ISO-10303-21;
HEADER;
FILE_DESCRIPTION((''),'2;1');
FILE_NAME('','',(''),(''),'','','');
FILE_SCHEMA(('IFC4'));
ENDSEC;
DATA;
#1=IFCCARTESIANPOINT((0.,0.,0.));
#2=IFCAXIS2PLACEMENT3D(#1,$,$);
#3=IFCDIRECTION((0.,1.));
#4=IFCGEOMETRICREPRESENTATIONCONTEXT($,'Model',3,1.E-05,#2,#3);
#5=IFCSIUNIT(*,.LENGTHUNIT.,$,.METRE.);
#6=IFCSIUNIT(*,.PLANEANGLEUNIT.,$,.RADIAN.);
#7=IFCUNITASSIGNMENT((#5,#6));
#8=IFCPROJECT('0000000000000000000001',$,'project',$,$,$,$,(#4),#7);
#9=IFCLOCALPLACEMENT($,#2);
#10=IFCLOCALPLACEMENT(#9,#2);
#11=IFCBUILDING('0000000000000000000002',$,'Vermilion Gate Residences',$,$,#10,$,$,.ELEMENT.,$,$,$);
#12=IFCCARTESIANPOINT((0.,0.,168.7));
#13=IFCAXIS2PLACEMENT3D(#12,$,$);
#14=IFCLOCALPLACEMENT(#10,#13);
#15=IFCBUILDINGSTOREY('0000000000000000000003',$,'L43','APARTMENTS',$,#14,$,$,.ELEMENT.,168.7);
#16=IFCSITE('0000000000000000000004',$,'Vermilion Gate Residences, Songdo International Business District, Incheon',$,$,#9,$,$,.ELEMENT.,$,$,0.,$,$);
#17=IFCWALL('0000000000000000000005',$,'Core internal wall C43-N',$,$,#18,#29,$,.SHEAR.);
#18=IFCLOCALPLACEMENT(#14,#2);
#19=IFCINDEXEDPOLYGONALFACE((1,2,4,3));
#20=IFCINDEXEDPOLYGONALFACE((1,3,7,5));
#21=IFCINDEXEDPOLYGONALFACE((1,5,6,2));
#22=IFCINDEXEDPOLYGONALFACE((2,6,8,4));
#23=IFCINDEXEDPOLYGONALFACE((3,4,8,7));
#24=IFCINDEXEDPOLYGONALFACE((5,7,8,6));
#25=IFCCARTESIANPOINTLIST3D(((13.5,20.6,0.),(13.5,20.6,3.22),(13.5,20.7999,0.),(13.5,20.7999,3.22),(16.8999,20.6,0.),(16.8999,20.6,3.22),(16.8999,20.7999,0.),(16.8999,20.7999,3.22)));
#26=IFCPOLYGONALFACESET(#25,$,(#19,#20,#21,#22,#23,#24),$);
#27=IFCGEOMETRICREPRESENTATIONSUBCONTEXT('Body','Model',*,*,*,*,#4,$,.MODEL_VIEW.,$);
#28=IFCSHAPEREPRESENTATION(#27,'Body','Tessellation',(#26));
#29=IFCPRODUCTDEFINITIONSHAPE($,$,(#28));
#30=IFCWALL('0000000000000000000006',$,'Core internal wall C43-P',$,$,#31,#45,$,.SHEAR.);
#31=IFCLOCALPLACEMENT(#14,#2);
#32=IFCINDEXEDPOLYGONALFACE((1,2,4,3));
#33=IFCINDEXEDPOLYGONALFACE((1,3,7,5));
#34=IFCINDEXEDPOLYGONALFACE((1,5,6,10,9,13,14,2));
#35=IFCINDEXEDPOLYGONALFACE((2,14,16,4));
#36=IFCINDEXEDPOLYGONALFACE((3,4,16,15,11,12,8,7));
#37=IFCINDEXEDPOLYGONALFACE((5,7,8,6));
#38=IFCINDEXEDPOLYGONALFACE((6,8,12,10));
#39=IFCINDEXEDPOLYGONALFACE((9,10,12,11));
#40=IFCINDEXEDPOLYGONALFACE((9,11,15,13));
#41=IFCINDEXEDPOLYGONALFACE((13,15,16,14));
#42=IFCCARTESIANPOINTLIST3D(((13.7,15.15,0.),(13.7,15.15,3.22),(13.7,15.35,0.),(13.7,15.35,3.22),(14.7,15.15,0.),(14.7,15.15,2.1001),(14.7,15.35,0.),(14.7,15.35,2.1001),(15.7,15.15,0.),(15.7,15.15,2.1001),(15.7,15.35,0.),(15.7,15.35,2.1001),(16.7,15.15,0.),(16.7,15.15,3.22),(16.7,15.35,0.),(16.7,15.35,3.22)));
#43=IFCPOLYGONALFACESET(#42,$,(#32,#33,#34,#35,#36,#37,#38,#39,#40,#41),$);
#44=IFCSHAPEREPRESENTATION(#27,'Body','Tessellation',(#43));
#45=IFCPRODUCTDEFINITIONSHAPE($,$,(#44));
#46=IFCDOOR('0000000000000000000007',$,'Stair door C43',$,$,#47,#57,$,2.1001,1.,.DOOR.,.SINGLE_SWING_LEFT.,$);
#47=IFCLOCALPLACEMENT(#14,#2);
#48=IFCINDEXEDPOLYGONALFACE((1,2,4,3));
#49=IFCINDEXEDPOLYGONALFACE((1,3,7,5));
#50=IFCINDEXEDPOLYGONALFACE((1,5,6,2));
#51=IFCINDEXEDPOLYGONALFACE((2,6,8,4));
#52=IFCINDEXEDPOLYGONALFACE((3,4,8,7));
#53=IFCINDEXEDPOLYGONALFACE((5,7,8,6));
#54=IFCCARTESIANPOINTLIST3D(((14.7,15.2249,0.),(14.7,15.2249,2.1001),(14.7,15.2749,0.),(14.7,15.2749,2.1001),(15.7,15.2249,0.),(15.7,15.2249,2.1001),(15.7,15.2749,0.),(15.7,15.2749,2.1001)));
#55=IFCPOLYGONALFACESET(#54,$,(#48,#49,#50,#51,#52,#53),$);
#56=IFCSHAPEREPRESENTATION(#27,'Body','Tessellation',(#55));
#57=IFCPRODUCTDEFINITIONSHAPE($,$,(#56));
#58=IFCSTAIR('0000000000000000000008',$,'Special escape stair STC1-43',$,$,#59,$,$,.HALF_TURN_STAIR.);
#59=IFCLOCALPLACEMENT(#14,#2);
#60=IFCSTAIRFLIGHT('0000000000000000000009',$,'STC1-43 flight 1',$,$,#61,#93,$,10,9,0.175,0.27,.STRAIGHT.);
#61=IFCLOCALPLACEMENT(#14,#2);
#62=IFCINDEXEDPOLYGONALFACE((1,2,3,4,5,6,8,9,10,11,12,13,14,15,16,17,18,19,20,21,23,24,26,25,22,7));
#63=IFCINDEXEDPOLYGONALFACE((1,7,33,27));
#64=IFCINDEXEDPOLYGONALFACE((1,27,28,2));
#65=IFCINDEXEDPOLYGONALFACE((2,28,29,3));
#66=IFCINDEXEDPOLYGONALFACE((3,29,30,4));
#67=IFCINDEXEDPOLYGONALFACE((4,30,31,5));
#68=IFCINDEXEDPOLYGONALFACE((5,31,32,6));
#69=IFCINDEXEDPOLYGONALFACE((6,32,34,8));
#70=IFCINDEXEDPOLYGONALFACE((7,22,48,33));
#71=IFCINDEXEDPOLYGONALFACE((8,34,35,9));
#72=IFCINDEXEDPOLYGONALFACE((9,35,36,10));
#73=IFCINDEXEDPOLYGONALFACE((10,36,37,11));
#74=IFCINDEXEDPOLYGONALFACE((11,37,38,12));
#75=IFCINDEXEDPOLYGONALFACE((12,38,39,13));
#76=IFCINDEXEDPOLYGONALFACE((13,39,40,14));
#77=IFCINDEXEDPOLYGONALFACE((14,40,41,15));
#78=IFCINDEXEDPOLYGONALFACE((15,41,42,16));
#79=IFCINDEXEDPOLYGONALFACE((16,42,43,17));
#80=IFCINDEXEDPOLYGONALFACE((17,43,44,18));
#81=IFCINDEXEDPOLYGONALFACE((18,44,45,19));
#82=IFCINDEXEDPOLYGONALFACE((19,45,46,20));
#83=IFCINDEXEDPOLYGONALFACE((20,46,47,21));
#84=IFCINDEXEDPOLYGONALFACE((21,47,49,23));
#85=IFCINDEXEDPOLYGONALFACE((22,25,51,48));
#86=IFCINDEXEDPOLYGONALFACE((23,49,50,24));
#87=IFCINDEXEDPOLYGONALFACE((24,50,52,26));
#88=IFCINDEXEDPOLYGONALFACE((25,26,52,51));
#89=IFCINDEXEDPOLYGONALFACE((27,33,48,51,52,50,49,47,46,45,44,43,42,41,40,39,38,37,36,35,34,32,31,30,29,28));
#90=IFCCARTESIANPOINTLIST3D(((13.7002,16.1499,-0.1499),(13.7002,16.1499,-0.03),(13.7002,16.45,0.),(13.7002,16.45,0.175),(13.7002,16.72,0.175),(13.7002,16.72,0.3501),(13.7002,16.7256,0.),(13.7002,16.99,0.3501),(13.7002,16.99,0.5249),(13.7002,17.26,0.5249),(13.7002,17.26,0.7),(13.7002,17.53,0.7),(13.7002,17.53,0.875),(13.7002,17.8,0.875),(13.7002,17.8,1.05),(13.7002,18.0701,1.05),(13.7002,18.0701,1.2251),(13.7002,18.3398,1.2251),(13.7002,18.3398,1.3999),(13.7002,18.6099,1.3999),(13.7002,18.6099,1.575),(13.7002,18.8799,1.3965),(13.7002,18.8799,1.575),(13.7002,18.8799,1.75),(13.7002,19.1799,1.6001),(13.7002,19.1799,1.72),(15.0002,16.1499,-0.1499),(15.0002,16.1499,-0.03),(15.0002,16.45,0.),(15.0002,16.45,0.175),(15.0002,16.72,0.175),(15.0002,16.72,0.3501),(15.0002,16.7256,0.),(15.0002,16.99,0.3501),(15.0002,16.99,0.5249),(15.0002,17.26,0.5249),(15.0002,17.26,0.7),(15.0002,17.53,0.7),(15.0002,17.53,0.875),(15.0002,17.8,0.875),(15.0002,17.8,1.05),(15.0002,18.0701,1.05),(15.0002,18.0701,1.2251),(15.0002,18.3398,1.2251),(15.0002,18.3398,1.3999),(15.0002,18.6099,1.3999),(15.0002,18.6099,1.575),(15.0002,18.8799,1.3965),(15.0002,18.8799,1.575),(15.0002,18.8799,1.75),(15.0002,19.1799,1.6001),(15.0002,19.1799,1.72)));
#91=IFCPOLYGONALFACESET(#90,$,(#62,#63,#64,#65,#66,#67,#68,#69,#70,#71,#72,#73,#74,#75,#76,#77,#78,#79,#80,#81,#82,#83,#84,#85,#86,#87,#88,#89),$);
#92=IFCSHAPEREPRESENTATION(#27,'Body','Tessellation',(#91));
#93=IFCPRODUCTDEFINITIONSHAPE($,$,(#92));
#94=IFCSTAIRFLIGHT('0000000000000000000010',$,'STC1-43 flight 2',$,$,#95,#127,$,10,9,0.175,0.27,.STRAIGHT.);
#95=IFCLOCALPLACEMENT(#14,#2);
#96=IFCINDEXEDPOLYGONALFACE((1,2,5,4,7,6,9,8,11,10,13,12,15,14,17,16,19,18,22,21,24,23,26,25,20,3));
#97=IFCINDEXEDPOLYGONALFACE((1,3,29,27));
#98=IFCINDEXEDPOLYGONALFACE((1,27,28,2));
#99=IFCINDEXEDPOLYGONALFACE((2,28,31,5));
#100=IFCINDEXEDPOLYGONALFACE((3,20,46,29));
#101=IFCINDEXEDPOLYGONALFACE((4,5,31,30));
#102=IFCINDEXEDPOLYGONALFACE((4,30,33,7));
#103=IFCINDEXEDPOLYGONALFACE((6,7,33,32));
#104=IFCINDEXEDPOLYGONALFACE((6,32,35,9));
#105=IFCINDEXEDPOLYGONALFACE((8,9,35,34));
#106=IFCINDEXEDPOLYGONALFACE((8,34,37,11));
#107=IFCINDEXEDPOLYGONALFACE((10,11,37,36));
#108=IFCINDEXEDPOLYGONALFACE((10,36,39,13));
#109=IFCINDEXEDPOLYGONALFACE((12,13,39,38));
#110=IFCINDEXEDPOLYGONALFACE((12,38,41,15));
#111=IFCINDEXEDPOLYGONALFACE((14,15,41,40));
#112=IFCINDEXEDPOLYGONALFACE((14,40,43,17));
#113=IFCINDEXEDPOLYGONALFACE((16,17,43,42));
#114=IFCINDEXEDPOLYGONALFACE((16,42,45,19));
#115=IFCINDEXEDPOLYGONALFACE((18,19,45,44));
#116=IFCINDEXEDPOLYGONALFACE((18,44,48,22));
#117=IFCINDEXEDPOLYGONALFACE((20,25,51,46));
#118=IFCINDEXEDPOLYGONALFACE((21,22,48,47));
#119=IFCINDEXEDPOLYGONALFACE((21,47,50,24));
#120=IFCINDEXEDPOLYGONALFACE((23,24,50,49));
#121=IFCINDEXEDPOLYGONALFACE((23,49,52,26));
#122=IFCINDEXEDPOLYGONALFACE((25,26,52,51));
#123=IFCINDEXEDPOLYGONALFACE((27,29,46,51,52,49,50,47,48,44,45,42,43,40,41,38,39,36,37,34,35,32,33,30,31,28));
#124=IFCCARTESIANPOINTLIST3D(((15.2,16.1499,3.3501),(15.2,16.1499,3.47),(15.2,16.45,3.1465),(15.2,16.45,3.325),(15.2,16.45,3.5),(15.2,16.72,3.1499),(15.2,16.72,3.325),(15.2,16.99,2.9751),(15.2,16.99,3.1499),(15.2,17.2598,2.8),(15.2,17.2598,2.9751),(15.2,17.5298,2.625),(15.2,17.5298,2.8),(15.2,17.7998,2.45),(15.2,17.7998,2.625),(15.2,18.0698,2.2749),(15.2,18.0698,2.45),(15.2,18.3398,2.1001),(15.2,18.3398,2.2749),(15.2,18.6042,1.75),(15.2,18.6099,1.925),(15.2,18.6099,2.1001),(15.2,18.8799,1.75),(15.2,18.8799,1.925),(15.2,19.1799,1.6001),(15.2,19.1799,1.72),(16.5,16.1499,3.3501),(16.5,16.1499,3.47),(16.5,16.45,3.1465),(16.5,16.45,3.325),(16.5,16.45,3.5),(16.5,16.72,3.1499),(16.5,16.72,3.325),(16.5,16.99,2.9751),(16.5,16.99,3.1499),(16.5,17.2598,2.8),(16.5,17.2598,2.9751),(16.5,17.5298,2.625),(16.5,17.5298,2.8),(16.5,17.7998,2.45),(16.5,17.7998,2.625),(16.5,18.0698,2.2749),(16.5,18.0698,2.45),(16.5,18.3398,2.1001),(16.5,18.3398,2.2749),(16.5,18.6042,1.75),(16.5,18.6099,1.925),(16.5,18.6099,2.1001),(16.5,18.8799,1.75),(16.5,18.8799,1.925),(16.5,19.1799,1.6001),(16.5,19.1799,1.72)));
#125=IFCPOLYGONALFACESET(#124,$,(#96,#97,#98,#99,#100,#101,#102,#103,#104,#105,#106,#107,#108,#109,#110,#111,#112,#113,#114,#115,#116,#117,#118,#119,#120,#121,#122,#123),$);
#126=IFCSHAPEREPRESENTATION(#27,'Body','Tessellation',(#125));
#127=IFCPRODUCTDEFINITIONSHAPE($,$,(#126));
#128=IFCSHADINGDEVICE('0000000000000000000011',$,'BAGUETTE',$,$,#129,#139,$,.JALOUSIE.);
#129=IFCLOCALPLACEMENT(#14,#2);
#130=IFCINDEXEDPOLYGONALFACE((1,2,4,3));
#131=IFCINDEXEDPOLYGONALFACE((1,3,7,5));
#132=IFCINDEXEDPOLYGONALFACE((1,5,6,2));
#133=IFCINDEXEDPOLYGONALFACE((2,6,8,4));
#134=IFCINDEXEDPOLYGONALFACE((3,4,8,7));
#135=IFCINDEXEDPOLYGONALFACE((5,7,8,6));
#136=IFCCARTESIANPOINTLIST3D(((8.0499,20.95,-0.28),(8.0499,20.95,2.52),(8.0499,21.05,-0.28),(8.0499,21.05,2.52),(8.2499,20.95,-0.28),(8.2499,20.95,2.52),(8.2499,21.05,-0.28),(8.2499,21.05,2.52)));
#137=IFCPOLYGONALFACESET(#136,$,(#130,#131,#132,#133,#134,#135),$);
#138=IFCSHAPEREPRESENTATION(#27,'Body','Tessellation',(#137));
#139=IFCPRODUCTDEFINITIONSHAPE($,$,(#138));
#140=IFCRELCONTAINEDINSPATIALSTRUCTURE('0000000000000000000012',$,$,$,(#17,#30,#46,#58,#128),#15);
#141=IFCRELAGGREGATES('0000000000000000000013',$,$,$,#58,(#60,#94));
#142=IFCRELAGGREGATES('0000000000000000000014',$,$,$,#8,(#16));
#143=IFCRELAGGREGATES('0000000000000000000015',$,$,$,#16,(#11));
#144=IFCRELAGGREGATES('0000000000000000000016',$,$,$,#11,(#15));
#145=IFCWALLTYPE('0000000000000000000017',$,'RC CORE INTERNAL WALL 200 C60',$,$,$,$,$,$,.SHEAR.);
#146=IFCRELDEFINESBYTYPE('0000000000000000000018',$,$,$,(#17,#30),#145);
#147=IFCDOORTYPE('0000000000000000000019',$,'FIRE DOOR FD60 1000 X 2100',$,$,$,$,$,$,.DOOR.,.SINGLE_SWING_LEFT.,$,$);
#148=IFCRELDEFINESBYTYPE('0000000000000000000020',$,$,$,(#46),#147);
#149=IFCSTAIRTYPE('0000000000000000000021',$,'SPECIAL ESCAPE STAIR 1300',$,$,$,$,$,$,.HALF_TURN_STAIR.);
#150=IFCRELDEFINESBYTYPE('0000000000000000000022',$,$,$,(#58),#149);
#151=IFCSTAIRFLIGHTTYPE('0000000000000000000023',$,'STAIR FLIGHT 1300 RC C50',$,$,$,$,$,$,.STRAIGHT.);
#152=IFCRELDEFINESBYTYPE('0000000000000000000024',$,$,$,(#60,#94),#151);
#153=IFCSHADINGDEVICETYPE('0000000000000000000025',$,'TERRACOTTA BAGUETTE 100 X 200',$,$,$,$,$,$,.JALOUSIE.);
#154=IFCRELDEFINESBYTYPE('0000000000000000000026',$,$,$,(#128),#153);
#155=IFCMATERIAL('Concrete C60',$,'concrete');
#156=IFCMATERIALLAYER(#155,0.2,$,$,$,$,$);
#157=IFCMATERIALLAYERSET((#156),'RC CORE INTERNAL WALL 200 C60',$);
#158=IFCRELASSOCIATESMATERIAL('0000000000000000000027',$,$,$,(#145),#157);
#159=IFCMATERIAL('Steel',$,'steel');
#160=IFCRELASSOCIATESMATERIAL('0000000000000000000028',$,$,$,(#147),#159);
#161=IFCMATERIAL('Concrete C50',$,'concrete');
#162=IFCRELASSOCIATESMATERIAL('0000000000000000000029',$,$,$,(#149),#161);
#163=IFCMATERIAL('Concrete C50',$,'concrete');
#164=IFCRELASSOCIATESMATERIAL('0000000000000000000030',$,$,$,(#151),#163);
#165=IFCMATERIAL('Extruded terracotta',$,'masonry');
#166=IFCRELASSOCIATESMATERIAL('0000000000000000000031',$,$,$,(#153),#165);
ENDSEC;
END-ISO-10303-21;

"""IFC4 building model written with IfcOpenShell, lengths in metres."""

from ifc_helpers import new_model, si_unit, direction, frame, frame_2d, origin, origin_2d, place, context, subcontext, project, spatial, polyline, rectangle, outline, extrude, material, layer, layer_set, material_profile, profile_set, type_object, element, fill, aggregate, save


model = new_model("IFC4")

# Units and contexts
model_context = context("Model", 3, precision=1e-05, world=origin(), true_north=direction((0.0, 1.0)))
body_context = subcontext(model_context, "Body", "Model", "MODEL_VIEW")
ifc_project = project(units=[si_unit("LENGTHUNIT", "METRE"), si_unit("PLANEANGLEUNIT", "RADIAN")], contexts=[model_context])

# Site, building, storey
site_placement = place(None, origin())
site = spatial("IfcSite", under=ifc_project, at=site_placement, Name="Vermilion Gate Residences, Songdo International Business District, Incheon", CompositionType="ELEMENT", RefElevation=0.0)
building_placement = place(site_placement, origin())
building = spatial("IfcBuilding", under=site, at=building_placement, Name="Vermilion Gate Residences", CompositionType="ELEMENT")
storey_placement = place(building_placement, frame((0.0, 0.0, 168.7)))
storey = spatial("IfcBuildingStorey", under=building, at=storey_placement, Name="L43", Description="APARTMENTS", CompositionType="ELEMENT", Elevation=168.7)

# Wall
ifc_material_1 = material(Name="Concrete C60", Category="concrete")
ifc_layer_1 = layer(ifc_material_1, 0.2)
ifc_layer_set_1 = layer_set([ifc_layer_1], Name="RC CORE INTERNAL WALL 200 C60")
wall_type_1 = type_object("IfcWallType", Name="RC CORE INTERNAL WALL 200 C60", PredefinedType="SHEAR", material=ifc_layer_set_1)
wall_1_placement = place(storey_placement, frame((13.5, 20.7, 0.0), z_axis=(0.0, 0.0, 1.0), x_axis=(1.0, 0.0, 0.0)))
element("IfcWall", 1, at=wall_1_placement, inside=storey, type_object=wall_type_1, Name="Core internal wall C43-N", PredefinedType="SHEAR", context=body_context, shape_type="SweptSolid", body=[
    extrude(rectangle(XDim=3.3999, YDim=0.2, at=frame_2d((1.7, 0.0))), origin(), (0.0, 0.0, 1.0), 3.22),
])

# Wall, opening, door
wall_2_placement = place(storey_placement, frame((13.7, 15.25, 0.0), z_axis=(0.0, 0.0, 1.0), x_axis=(1.0, 0.0, 0.0)))
wall_2 = element("IfcWall", 2, at=wall_2_placement, inside=storey, type_object=wall_type_1, Name="Core internal wall C43-P", PredefinedType="SHEAR", context=body_context, shape_type="SweptSolid", body=[
    extrude(rectangle(XDim=3.0, YDim=0.2, at=frame_2d((1.5, 0.0))), origin(), (0.0, 0.0, 1.0), 3.22),
])
opening_1_placement = place(wall_2_placement, frame((1.0, 0.0, 0.0)))
opening_1 = element("IfcOpeningElement", 3, at=opening_1_placement, cuts=wall_2, PredefinedType="OPENING", context=body_context, shape_type="SweptSolid", body=[
    extrude(rectangle(XDim=1.0, YDim=2.1001, at=frame_2d((0.5, 1.05))), frame((0.0, 0.1099, 0.0), z_axis=(0.0, -1.0, 0.0), x_axis=(1.0, 0.0, 0.0)), (0.0, 0.0, 1.0), 0.22),
])
ifc_material_2 = material(Name="Steel", Category="steel")
door_type_1 = type_object("IfcDoorType", Name="FIRE DOOR FD60 1000 X 2100", OperationType="SINGLE_SWING_LEFT", PredefinedType="DOOR", material=ifc_material_2)
door_1_placement = place(opening_1_placement, origin())
door_1 = element("IfcDoor", 4, at=door_1_placement, inside=storey, type_object=door_type_1, Name="Stair door C43", OperationType="SINGLE_SWING_LEFT", OverallHeight=2.1001, OverallWidth=1.0, PredefinedType="DOOR", context=body_context, shape_type="SweptSolid", body=[
    extrude(rectangle(XDim=1.0, YDim=2.1001, at=frame_2d((0.5, 1.05))), frame((0.0, 0.0249, 0.0), z_axis=(0.0, -1.0, 0.0), x_axis=(1.0, 0.0, 0.0)), (0.0, 0.0, 1.0), 0.05),
])
fill(opening_1, door_1)

# Stair, stair flights
ifc_material_3 = material(Name="Concrete C50", Category="concrete")
stair_type = type_object("IfcStairType", Name="SPECIAL ESCAPE STAIR 1300", PredefinedType="HALF_TURN_STAIR", material=ifc_material_3)
stair_placement = place(storey_placement, origin())
stair = element("IfcStair", 5, at=stair_placement, inside=storey, type_object=stair_type, Name="Special escape stair STC1-43", PredefinedType="HALF_TURN_STAIR")
ifc_material_4 = material(Name="Concrete C50", Category="concrete")
stair_flight_type = type_object("IfcStairFlightType", Name="STAIR FLIGHT 1300 RC C50", PredefinedType="STRAIGHT", material=ifc_material_4)
stair_flight_1_placement = place(storey_placement, frame((14.3501, 16.45, 0.0), z_axis=(0.0, 0.0, 1.0), x_axis=(0.0, 1.0, 0.0)))
stair_flight_1 = element("IfcStairFlight", 6, at=stair_flight_1_placement, type_object=stair_flight_type, Name="STC1-43 flight 1", NumberOfRisers=10, NumberOfTreads=9, PredefinedType="STRAIGHT", RiserHeight=0.175, TreadLength=0.27, context=body_context, shape_type="SweptSolid", body=[
    extrude(outline(polyline([(-0.3, -0.1499), (-0.3, -0.03), (0.0, 0.0), (0.0, 0.175), (0.27, 0.175), (0.27, 0.3501), (0.54, 0.3501), (0.54, 0.5249), (0.8101, 0.5249), (0.8101, 0.7), (1.0801, 0.7), (1.0801, 0.875), (1.3501, 0.875), (1.3501, 1.05), (1.6201, 1.05), (1.6201, 1.2251), (1.8899, 1.2251), (1.8899, 1.3999), (2.1599, 1.3999), (2.1599, 1.575), (2.4299, 1.575), (2.4299, 1.75), (2.73, 1.72), (2.73, 1.6001), (2.4299, 1.3965), (0.2756, 0.0), (-0.3, -0.1499)])), frame((0.0, 0.6499, 0.0), z_axis=(0.0, -1.0, 0.0), x_axis=(1.0, 0.0, 0.0)), (0.0, 0.0, 1.0), 1.3),
])
stair_flight_2_placement = place(storey_placement, frame((15.8501, 18.8799, 1.75), z_axis=(0.0, 0.0, 1.0), x_axis=(0.0, -1.0, 0.0)))
stair_flight_2 = element("IfcStairFlight", 7, at=stair_flight_2_placement, type_object=stair_flight_type, Name="STC1-43 flight 2", NumberOfRisers=10, NumberOfTreads=9, PredefinedType="STRAIGHT", RiserHeight=0.175, TreadLength=0.27, context=body_context, shape_type="SweptSolid", body=[
    extrude(outline(polyline([(-0.3, -0.1499), (-0.3, -0.03), (0.0, 0.0), (0.0, 0.175), (0.27, 0.175), (0.27, 0.3501), (0.54, 0.3501), (0.54, 0.5249), (0.8101, 0.5249), (0.8101, 0.7), (1.0801, 0.7), (1.0801, 0.875), (1.3501, 0.875), (1.3501, 1.05), (1.6201, 1.05), (1.6201, 1.2251), (1.8899, 1.2251), (1.8899, 1.3999), (2.1599, 1.3999), (2.1599, 1.575), (2.4299, 1.575), (2.4299, 1.75), (2.73, 1.72), (2.73, 1.6001), (2.4299, 1.3965), (0.2756, 0.0), (-0.3, -0.1499)])), frame((0.0, 0.6499, 0.0), z_axis=(0.0, -1.0, 0.0), x_axis=(1.0, 0.0, 0.0)), (0.0, 0.0, 1.0), 1.3),
])
aggregate(stair, [stair_flight_1, stair_flight_2])

# Shading device
ifc_material_5 = material(Name="Extruded terracotta", Category="masonry")
ifc_material_profile_1 = material_profile(ifc_material_5, rectangle(XDim=0.2, YDim=0.1001, at=origin_2d()), Name="BAGUETTE 100 X 200")
ifc_profile_set_1 = profile_set([ifc_material_profile_1], Name="Extruded terracotta")
shading_device_type = type_object("IfcShadingDeviceType", Name="TERRACOTTA BAGUETTE 100 X 200", PredefinedType="JALOUSIE", material=ifc_profile_set_1)
shading_device_placement = place(storey_placement, frame((8.1499, 21.0, -0.28), z_axis=(0.0, 0.0, 1.0), x_axis=(1.0, 0.0, 0.0)))
element("IfcShadingDevice", 8, at=shading_device_placement, inside=storey, type_object=shading_device_type, Name="BAGUETTE", PredefinedType="JALOUSIE", context=body_context, shape_type="SweptSolid", body=[
    extrude(rectangle(XDim=0.2, YDim=0.1001, at=origin_2d()), origin(), (0.0, 0.0, 1.0), 2.8),
])

save(model, "model.ifc")
